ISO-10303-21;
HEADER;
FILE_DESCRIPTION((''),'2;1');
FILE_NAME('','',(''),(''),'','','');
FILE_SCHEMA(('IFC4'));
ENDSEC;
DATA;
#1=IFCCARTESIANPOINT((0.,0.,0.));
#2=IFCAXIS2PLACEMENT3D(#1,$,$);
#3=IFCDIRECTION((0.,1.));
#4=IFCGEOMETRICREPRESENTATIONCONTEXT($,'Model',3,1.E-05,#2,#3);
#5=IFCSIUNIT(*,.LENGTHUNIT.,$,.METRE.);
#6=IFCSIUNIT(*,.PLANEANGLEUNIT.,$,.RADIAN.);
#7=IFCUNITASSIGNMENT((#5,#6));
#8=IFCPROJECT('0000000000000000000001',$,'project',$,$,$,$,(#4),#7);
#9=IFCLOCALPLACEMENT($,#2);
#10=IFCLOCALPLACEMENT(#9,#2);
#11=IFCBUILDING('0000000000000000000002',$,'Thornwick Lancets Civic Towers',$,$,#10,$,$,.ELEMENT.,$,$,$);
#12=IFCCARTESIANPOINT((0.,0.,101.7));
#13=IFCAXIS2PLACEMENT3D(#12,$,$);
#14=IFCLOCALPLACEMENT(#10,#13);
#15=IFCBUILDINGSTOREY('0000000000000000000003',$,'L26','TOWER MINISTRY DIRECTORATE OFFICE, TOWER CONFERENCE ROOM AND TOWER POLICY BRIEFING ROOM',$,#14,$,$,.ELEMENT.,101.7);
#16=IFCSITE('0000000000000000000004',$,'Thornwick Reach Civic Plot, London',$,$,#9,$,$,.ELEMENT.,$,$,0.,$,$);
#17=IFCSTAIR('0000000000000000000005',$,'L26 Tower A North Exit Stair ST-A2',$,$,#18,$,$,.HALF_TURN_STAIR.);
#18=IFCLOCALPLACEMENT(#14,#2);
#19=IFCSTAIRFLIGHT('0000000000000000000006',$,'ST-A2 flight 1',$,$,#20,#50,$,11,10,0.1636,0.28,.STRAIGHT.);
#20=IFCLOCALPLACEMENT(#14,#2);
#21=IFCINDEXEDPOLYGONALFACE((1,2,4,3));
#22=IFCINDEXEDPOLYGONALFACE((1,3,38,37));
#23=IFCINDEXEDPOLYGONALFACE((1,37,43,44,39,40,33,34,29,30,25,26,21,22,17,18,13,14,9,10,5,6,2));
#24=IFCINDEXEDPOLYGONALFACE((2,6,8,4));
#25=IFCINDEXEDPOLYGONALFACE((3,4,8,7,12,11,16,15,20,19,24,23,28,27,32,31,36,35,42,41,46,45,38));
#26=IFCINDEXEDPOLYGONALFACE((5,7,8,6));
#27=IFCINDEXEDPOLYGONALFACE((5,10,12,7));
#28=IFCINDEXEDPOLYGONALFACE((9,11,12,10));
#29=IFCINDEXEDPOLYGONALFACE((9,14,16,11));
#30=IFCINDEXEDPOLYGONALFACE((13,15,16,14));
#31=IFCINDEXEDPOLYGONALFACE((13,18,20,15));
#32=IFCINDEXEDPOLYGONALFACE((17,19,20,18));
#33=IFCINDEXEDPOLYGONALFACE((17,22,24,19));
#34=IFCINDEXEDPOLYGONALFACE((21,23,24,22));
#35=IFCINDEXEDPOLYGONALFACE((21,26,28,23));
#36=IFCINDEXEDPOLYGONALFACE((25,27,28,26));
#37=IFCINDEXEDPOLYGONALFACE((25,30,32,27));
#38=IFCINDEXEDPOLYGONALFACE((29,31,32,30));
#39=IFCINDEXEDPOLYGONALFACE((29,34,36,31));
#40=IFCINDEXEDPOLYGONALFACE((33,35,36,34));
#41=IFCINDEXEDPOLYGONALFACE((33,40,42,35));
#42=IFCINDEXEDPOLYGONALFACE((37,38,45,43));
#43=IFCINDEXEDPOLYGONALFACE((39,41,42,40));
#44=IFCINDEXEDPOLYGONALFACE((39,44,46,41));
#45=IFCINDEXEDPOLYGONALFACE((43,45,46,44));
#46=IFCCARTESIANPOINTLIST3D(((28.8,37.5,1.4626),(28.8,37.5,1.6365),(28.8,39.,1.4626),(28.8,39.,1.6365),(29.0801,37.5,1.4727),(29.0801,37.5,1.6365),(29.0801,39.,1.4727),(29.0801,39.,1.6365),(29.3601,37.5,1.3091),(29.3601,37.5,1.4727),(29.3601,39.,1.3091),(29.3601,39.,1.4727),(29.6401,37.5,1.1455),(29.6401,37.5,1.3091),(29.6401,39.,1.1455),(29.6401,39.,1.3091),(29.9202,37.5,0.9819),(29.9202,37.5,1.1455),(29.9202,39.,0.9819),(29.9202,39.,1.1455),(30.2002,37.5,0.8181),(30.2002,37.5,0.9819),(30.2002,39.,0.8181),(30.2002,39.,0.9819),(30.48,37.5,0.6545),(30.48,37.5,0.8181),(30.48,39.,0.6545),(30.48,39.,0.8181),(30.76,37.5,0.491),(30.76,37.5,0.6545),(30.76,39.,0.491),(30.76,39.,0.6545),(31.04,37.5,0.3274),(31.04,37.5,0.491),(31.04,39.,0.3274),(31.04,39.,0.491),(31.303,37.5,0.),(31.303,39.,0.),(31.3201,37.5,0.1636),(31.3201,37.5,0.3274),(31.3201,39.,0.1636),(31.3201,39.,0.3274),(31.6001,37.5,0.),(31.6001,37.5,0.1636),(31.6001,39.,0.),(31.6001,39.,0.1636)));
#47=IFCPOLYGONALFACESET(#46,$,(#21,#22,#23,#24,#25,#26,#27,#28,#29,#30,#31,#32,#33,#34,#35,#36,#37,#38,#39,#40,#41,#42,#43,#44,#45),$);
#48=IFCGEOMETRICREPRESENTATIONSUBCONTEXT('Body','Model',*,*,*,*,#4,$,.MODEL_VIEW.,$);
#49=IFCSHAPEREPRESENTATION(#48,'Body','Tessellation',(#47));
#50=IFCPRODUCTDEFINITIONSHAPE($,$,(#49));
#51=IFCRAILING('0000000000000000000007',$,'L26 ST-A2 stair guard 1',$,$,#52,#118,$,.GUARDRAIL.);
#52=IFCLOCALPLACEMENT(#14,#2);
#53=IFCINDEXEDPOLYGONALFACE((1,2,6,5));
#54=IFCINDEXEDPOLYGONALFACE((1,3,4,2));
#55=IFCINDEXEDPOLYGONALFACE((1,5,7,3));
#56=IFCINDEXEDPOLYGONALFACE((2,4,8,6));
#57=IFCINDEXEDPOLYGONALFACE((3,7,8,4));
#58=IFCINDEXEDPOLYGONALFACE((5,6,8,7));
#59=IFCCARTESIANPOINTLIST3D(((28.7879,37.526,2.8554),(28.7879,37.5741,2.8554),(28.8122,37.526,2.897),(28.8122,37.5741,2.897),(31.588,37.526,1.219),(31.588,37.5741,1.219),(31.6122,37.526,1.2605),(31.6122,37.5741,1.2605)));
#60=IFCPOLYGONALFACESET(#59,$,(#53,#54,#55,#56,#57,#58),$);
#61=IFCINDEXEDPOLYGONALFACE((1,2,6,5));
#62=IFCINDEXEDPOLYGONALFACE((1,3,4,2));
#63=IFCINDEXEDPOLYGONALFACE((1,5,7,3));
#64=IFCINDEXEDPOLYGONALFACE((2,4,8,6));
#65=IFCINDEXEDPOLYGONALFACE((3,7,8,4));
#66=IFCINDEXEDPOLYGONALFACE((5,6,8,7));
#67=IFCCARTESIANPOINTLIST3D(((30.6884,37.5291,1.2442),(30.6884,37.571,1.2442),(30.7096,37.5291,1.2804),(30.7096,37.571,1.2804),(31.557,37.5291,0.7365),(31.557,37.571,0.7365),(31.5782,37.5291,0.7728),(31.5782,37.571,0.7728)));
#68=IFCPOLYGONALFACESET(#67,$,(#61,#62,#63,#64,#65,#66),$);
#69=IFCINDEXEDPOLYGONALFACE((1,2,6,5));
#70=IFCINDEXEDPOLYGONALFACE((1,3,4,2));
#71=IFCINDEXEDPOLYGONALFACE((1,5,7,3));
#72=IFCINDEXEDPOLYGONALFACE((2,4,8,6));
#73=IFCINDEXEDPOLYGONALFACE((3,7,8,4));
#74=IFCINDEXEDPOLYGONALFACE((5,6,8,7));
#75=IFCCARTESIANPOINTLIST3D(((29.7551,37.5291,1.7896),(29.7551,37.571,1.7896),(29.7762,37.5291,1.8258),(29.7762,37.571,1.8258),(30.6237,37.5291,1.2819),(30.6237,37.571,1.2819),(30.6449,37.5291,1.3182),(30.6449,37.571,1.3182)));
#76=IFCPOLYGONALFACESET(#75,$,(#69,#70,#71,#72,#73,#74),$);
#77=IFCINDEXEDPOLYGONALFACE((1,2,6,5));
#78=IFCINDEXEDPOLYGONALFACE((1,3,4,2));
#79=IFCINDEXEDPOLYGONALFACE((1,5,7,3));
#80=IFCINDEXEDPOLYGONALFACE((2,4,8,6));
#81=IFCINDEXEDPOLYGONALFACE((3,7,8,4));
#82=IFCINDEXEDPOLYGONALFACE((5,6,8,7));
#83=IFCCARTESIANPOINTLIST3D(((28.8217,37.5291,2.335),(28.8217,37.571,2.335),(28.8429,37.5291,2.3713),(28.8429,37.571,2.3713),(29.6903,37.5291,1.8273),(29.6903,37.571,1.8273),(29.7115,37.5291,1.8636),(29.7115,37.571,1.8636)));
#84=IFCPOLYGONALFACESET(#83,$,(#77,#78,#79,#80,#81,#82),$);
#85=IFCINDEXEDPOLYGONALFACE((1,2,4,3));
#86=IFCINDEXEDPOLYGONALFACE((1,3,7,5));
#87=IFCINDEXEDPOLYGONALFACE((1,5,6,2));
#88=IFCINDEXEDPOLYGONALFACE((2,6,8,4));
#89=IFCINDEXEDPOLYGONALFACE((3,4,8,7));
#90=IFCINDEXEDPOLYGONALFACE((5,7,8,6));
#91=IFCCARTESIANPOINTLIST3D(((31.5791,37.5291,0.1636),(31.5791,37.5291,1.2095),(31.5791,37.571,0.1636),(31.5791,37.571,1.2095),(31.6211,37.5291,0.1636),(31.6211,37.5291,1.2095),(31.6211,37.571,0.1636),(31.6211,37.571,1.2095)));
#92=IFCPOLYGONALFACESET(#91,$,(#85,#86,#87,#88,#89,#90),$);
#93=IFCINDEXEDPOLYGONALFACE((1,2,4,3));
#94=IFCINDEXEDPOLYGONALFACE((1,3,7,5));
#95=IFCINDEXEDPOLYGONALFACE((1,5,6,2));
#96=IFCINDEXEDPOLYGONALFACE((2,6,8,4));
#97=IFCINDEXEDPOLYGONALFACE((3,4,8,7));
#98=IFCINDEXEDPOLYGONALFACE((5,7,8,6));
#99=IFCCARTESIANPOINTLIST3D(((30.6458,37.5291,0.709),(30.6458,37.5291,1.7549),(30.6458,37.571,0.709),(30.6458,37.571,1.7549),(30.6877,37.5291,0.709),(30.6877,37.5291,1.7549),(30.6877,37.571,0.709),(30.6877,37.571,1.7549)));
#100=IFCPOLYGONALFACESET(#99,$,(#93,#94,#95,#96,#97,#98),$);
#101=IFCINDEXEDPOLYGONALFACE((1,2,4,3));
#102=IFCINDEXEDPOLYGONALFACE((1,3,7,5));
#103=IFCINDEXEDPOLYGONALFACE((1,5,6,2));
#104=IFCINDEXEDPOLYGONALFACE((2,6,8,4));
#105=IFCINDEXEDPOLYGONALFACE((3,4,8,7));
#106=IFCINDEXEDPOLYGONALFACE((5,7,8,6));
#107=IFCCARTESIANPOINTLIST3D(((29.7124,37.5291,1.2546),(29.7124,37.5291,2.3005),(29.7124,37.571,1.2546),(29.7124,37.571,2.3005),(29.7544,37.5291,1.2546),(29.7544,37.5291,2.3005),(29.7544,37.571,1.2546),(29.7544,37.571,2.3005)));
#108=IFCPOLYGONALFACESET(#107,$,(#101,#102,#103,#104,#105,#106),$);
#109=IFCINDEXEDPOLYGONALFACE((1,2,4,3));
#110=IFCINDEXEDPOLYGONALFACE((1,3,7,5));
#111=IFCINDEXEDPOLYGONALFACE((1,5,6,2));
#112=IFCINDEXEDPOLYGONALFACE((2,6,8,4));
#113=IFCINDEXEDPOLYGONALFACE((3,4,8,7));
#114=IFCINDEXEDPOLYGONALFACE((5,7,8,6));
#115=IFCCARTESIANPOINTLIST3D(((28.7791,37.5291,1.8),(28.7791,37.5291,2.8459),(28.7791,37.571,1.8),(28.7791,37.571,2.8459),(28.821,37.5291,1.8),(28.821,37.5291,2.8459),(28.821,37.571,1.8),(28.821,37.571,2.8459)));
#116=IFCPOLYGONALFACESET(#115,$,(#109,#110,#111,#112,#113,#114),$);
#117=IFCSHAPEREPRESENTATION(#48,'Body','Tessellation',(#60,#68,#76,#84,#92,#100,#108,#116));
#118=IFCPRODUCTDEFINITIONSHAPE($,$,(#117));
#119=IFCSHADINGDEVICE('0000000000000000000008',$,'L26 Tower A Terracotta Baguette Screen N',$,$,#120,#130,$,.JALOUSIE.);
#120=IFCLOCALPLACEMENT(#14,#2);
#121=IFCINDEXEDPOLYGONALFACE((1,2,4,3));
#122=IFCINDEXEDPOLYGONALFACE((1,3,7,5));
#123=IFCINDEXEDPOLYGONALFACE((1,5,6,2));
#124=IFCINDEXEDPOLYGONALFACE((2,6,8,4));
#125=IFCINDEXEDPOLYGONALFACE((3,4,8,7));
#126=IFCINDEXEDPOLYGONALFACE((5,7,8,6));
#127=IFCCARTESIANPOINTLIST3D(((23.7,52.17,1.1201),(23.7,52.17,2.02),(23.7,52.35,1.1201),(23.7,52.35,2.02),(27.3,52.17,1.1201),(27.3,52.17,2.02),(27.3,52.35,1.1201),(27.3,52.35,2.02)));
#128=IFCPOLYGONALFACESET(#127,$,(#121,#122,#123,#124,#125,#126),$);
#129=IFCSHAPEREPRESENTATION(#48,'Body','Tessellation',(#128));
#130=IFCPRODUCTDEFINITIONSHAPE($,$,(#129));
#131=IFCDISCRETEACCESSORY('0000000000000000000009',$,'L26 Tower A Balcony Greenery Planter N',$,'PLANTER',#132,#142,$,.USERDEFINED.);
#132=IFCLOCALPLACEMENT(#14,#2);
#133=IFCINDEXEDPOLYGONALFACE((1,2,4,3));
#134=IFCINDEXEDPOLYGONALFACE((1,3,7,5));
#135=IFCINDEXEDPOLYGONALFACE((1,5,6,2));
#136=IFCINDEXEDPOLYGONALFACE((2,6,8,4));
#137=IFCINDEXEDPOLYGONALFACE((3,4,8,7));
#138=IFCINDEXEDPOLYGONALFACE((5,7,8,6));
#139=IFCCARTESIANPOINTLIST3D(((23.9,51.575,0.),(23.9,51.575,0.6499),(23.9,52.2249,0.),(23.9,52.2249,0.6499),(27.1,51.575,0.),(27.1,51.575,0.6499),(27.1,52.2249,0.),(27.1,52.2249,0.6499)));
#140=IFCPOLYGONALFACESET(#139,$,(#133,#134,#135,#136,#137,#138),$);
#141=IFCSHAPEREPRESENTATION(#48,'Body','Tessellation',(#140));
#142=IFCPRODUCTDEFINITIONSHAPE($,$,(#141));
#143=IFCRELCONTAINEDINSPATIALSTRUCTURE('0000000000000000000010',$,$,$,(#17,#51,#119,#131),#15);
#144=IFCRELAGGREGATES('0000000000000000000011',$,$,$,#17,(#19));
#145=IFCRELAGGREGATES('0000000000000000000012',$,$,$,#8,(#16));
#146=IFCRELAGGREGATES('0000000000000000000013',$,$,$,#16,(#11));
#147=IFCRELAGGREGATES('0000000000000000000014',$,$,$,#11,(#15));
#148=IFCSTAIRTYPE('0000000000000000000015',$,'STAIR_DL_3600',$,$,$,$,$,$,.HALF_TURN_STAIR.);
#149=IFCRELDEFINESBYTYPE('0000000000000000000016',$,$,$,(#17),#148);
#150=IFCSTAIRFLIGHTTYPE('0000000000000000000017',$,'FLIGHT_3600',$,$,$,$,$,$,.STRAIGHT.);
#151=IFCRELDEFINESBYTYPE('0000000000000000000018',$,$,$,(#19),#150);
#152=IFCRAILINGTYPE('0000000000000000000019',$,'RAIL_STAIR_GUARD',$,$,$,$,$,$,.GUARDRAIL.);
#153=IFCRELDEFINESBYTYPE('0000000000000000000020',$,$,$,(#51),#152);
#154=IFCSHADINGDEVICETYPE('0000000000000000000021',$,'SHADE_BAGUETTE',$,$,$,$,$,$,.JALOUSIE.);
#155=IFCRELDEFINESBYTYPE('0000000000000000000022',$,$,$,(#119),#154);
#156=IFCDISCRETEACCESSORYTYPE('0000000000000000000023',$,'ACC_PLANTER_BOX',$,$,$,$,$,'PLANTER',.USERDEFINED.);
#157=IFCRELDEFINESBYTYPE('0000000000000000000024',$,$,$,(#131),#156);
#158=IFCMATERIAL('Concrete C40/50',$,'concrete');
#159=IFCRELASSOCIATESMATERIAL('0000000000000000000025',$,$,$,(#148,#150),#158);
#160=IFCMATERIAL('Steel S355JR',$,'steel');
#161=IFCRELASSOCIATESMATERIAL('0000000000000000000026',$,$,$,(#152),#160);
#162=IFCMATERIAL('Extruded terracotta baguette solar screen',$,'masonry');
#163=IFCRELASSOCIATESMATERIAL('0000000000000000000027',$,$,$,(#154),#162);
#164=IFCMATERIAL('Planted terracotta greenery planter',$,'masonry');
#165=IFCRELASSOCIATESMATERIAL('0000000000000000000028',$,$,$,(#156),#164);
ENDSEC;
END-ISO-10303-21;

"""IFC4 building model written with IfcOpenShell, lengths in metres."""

from ifc_helpers import new_model, si_unit, direction, frame, origin, origin_2d, place, context, subcontext, project, spatial, polyline, rectangle, outline, extrude, material, type_object, element, aggregate, save


model = new_model("IFC4")

# Units and contexts
model_context = context("Model", 3, precision=1e-05, world=origin(), true_north=direction((0.0, 1.0)))
body_context = subcontext(model_context, "Body", "Model", "MODEL_VIEW")
ifc_project = project(units=[si_unit("LENGTHUNIT", "METRE"), si_unit("PLANEANGLEUNIT", "RADIAN")], contexts=[model_context])

# Site, building, storey
site_placement = place(None, origin())
site = spatial("IfcSite", under=ifc_project, at=site_placement, Name="Thornwick Reach Civic Plot, London", CompositionType="ELEMENT", RefElevation=0.0)
building_placement = place(site_placement, origin())
building = spatial("IfcBuilding", under=site, at=building_placement, Name="Thornwick Lancets Civic Towers", CompositionType="ELEMENT")
storey_placement = place(building_placement, frame((0.0, 0.0, 101.7)))
storey = spatial("IfcBuildingStorey", under=building, at=storey_placement, Name="L26", Description="TOWER MINISTRY DIRECTORATE OFFICE, TOWER CONFERENCE ROOM AND TOWER POLICY BRIEFING ROOM", CompositionType="ELEMENT", Elevation=101.7)

# Shared definitions
ifc_material_1 = material(Name="Steel S355JR", Category="steel")
ifc_material_2 = material(Name="Concrete C40/50", Category="concrete")

# Stair, stair flight
stair_type = type_object("IfcStairType", Name="STAIR_DL_3600", PredefinedType="HALF_TURN_STAIR", material=ifc_material_2)
stair_placement = place(storey_placement, origin())
stair = element("IfcStair", 1, at=stair_placement, inside=storey, type_object=stair_type, Name="L26 Tower A North Exit Stair ST-A2", PredefinedType="HALF_TURN_STAIR")
stair_flight_type = type_object("IfcStairFlightType", Name="FLIGHT_3600", PredefinedType="STRAIGHT", material=ifc_material_2)
stair_flight_placement = place(storey_placement, frame((31.6001, 38.25, 0.0), z_axis=(0.0, 0.0, 1.0), x_axis=(-1.0, 0.0, 0.0)))
stair_flight = element("IfcStairFlight", 2, at=stair_flight_placement, type_object=stair_flight_type, Name="ST-A2 flight 1", NumberOfRisers=11, NumberOfTreads=10, PredefinedType="STRAIGHT", RiserHeight=0.1636, TreadLength=0.28, context=body_context, shape_type="SweptSolid", body=[
    extrude(outline(polyline([(0.0, 0.0), (0.0, 0.1636), (0.28, 0.1636), (0.28, 0.3274), (0.5601, 0.3274), (0.5601, 0.491), (0.8401, 0.491), (0.8401, 0.6545), (1.1201, 0.6545), (1.1201, 0.8181), (1.3999, 0.8181), (1.3999, 0.9819), (1.6799, 0.9819), (1.6799, 1.1455), (1.96, 1.1455), (1.96, 1.3091), (2.24, 1.3091), (2.24, 1.4727), (2.52, 1.4727), (2.52, 1.6365), (2.8, 1.6365), (2.8, 1.8), (2.8, 1.4626), (0.2971, 0.0), (0.0, 0.0)])), frame((0.0, 0.75, 0.0), z_axis=(0.0, -1.0, 0.0), x_axis=(1.0, 0.0, 0.0)), (0.0, 0.0, 1.0), 1.5),
])
aggregate(stair, [stair_flight])

# Railing
railing_type = type_object("IfcRailingType", Name="RAIL_STAIR_GUARD", PredefinedType="GUARDRAIL", material=ifc_material_1)
railing_placement = place(storey_placement, frame((31.6001, 37.55, 0.1636)))
element("IfcRailing", 3, at=railing_placement, inside=storey, type_object=railing_type, Name="L26 ST-A2 stair guard 1", PredefinedType="GUARDRAIL", context=body_context, shape_type="SweptSolid", body=[
    extrude(rectangle(XDim=0.0481, YDim=0.0481, at=origin_2d()), frame((0.0, 0.0, 1.0762), z_axis=(-0.863361, 0.0, 0.504587), x_axis=(0.0, -1.0, 0.0)), (0.0, 0.0, 1.0), 3.2432),
    extrude(rectangle(XDim=0.042, YDim=0.042, at=origin_2d()), frame((-0.0325, 0.0, 0.5911), z_axis=(-0.863361, 0.0, 0.504587), x_axis=(0.0, -1.0, 0.0)), (0.0, 0.0, 1.0), 1.0061),
    extrude(rectangle(XDim=0.042, YDim=0.042, at=origin_2d()), frame((-0.9658, 0.0, 1.1365), z_axis=(-0.863361, 0.0, 0.504587), x_axis=(0.0, -1.0, 0.0)), (0.0, 0.0, 1.0), 1.0061),
    extrude(rectangle(XDim=0.042, YDim=0.042, at=origin_2d()), frame((-1.8992, 0.0, 1.6819), z_axis=(-0.863361, 0.0, 0.504587), x_axis=(0.0, -1.0, 0.0)), (0.0, 0.0, 1.0), 1.0061),
    extrude(rectangle(XDim=0.042, YDim=0.042, at=origin_2d()), origin(), (0.0, 0.0, 1.0), 1.0459),
    extrude(rectangle(XDim=0.042, YDim=0.042, at=origin_2d()), frame((-0.9333, 0.0, 0.5454)), (0.0, 0.0, 1.0), 1.0459),
    extrude(rectangle(XDim=0.042, YDim=0.042, at=origin_2d()), frame((-1.8667, 0.0, 1.0911)), (0.0, 0.0, 1.0), 1.0459),
    extrude(rectangle(XDim=0.042, YDim=0.042, at=origin_2d()), frame((-2.8, 0.0, 1.6365)), (0.0, 0.0, 1.0), 1.0459),
])

# Shading device
ifc_material_3 = material(Name="Extruded terracotta baguette solar screen", Category="masonry")
shading_device_type = type_object("IfcShadingDeviceType", Name="SHADE_BAGUETTE", PredefinedType="JALOUSIE", material=ifc_material_3)
shading_device_placement = place(storey_placement, frame((25.5, 52.26, 1.1201), z_axis=(0.0, 0.0, 1.0), x_axis=(1.0, 0.0, 0.0)))
element("IfcShadingDevice", 4, at=shading_device_placement, inside=storey, type_object=shading_device_type, Name="L26 Tower A Terracotta Baguette Screen N", PredefinedType="JALOUSIE", context=body_context, shape_type="SweptSolid", body=[
    extrude(rectangle(XDim=3.6001, YDim=0.1799, at=origin_2d()), origin(), (0.0, 0.0, 1.0), 0.8999),
])

# Discrete accessory
ifc_material_4 = material(Name="Planted terracotta greenery planter", Category="masonry")
discrete_accessory_type = type_object("IfcDiscreteAccessoryType", Name="ACC_PLANTER_BOX", ElementType="PLANTER", PredefinedType="USERDEFINED", material=ifc_material_4)
discrete_accessory_placement = place(storey_placement, frame((25.5, 51.8999, 0.0), z_axis=(0.0, 0.0, 1.0), x_axis=(1.0, 0.0, 0.0)))
element("IfcDiscreteAccessory", 5, at=discrete_accessory_placement, inside=storey, type_object=discrete_accessory_type, Name="L26 Tower A Balcony Greenery Planter N", ObjectType="PLANTER", PredefinedType="USERDEFINED", context=body_context, shape_type="SweptSolid", body=[
    extrude(rectangle(XDim=3.2, YDim=0.6499, at=origin_2d()), origin(), (0.0, 0.0, 1.0), 0.6499),
])

save(model, "model.ifc")
